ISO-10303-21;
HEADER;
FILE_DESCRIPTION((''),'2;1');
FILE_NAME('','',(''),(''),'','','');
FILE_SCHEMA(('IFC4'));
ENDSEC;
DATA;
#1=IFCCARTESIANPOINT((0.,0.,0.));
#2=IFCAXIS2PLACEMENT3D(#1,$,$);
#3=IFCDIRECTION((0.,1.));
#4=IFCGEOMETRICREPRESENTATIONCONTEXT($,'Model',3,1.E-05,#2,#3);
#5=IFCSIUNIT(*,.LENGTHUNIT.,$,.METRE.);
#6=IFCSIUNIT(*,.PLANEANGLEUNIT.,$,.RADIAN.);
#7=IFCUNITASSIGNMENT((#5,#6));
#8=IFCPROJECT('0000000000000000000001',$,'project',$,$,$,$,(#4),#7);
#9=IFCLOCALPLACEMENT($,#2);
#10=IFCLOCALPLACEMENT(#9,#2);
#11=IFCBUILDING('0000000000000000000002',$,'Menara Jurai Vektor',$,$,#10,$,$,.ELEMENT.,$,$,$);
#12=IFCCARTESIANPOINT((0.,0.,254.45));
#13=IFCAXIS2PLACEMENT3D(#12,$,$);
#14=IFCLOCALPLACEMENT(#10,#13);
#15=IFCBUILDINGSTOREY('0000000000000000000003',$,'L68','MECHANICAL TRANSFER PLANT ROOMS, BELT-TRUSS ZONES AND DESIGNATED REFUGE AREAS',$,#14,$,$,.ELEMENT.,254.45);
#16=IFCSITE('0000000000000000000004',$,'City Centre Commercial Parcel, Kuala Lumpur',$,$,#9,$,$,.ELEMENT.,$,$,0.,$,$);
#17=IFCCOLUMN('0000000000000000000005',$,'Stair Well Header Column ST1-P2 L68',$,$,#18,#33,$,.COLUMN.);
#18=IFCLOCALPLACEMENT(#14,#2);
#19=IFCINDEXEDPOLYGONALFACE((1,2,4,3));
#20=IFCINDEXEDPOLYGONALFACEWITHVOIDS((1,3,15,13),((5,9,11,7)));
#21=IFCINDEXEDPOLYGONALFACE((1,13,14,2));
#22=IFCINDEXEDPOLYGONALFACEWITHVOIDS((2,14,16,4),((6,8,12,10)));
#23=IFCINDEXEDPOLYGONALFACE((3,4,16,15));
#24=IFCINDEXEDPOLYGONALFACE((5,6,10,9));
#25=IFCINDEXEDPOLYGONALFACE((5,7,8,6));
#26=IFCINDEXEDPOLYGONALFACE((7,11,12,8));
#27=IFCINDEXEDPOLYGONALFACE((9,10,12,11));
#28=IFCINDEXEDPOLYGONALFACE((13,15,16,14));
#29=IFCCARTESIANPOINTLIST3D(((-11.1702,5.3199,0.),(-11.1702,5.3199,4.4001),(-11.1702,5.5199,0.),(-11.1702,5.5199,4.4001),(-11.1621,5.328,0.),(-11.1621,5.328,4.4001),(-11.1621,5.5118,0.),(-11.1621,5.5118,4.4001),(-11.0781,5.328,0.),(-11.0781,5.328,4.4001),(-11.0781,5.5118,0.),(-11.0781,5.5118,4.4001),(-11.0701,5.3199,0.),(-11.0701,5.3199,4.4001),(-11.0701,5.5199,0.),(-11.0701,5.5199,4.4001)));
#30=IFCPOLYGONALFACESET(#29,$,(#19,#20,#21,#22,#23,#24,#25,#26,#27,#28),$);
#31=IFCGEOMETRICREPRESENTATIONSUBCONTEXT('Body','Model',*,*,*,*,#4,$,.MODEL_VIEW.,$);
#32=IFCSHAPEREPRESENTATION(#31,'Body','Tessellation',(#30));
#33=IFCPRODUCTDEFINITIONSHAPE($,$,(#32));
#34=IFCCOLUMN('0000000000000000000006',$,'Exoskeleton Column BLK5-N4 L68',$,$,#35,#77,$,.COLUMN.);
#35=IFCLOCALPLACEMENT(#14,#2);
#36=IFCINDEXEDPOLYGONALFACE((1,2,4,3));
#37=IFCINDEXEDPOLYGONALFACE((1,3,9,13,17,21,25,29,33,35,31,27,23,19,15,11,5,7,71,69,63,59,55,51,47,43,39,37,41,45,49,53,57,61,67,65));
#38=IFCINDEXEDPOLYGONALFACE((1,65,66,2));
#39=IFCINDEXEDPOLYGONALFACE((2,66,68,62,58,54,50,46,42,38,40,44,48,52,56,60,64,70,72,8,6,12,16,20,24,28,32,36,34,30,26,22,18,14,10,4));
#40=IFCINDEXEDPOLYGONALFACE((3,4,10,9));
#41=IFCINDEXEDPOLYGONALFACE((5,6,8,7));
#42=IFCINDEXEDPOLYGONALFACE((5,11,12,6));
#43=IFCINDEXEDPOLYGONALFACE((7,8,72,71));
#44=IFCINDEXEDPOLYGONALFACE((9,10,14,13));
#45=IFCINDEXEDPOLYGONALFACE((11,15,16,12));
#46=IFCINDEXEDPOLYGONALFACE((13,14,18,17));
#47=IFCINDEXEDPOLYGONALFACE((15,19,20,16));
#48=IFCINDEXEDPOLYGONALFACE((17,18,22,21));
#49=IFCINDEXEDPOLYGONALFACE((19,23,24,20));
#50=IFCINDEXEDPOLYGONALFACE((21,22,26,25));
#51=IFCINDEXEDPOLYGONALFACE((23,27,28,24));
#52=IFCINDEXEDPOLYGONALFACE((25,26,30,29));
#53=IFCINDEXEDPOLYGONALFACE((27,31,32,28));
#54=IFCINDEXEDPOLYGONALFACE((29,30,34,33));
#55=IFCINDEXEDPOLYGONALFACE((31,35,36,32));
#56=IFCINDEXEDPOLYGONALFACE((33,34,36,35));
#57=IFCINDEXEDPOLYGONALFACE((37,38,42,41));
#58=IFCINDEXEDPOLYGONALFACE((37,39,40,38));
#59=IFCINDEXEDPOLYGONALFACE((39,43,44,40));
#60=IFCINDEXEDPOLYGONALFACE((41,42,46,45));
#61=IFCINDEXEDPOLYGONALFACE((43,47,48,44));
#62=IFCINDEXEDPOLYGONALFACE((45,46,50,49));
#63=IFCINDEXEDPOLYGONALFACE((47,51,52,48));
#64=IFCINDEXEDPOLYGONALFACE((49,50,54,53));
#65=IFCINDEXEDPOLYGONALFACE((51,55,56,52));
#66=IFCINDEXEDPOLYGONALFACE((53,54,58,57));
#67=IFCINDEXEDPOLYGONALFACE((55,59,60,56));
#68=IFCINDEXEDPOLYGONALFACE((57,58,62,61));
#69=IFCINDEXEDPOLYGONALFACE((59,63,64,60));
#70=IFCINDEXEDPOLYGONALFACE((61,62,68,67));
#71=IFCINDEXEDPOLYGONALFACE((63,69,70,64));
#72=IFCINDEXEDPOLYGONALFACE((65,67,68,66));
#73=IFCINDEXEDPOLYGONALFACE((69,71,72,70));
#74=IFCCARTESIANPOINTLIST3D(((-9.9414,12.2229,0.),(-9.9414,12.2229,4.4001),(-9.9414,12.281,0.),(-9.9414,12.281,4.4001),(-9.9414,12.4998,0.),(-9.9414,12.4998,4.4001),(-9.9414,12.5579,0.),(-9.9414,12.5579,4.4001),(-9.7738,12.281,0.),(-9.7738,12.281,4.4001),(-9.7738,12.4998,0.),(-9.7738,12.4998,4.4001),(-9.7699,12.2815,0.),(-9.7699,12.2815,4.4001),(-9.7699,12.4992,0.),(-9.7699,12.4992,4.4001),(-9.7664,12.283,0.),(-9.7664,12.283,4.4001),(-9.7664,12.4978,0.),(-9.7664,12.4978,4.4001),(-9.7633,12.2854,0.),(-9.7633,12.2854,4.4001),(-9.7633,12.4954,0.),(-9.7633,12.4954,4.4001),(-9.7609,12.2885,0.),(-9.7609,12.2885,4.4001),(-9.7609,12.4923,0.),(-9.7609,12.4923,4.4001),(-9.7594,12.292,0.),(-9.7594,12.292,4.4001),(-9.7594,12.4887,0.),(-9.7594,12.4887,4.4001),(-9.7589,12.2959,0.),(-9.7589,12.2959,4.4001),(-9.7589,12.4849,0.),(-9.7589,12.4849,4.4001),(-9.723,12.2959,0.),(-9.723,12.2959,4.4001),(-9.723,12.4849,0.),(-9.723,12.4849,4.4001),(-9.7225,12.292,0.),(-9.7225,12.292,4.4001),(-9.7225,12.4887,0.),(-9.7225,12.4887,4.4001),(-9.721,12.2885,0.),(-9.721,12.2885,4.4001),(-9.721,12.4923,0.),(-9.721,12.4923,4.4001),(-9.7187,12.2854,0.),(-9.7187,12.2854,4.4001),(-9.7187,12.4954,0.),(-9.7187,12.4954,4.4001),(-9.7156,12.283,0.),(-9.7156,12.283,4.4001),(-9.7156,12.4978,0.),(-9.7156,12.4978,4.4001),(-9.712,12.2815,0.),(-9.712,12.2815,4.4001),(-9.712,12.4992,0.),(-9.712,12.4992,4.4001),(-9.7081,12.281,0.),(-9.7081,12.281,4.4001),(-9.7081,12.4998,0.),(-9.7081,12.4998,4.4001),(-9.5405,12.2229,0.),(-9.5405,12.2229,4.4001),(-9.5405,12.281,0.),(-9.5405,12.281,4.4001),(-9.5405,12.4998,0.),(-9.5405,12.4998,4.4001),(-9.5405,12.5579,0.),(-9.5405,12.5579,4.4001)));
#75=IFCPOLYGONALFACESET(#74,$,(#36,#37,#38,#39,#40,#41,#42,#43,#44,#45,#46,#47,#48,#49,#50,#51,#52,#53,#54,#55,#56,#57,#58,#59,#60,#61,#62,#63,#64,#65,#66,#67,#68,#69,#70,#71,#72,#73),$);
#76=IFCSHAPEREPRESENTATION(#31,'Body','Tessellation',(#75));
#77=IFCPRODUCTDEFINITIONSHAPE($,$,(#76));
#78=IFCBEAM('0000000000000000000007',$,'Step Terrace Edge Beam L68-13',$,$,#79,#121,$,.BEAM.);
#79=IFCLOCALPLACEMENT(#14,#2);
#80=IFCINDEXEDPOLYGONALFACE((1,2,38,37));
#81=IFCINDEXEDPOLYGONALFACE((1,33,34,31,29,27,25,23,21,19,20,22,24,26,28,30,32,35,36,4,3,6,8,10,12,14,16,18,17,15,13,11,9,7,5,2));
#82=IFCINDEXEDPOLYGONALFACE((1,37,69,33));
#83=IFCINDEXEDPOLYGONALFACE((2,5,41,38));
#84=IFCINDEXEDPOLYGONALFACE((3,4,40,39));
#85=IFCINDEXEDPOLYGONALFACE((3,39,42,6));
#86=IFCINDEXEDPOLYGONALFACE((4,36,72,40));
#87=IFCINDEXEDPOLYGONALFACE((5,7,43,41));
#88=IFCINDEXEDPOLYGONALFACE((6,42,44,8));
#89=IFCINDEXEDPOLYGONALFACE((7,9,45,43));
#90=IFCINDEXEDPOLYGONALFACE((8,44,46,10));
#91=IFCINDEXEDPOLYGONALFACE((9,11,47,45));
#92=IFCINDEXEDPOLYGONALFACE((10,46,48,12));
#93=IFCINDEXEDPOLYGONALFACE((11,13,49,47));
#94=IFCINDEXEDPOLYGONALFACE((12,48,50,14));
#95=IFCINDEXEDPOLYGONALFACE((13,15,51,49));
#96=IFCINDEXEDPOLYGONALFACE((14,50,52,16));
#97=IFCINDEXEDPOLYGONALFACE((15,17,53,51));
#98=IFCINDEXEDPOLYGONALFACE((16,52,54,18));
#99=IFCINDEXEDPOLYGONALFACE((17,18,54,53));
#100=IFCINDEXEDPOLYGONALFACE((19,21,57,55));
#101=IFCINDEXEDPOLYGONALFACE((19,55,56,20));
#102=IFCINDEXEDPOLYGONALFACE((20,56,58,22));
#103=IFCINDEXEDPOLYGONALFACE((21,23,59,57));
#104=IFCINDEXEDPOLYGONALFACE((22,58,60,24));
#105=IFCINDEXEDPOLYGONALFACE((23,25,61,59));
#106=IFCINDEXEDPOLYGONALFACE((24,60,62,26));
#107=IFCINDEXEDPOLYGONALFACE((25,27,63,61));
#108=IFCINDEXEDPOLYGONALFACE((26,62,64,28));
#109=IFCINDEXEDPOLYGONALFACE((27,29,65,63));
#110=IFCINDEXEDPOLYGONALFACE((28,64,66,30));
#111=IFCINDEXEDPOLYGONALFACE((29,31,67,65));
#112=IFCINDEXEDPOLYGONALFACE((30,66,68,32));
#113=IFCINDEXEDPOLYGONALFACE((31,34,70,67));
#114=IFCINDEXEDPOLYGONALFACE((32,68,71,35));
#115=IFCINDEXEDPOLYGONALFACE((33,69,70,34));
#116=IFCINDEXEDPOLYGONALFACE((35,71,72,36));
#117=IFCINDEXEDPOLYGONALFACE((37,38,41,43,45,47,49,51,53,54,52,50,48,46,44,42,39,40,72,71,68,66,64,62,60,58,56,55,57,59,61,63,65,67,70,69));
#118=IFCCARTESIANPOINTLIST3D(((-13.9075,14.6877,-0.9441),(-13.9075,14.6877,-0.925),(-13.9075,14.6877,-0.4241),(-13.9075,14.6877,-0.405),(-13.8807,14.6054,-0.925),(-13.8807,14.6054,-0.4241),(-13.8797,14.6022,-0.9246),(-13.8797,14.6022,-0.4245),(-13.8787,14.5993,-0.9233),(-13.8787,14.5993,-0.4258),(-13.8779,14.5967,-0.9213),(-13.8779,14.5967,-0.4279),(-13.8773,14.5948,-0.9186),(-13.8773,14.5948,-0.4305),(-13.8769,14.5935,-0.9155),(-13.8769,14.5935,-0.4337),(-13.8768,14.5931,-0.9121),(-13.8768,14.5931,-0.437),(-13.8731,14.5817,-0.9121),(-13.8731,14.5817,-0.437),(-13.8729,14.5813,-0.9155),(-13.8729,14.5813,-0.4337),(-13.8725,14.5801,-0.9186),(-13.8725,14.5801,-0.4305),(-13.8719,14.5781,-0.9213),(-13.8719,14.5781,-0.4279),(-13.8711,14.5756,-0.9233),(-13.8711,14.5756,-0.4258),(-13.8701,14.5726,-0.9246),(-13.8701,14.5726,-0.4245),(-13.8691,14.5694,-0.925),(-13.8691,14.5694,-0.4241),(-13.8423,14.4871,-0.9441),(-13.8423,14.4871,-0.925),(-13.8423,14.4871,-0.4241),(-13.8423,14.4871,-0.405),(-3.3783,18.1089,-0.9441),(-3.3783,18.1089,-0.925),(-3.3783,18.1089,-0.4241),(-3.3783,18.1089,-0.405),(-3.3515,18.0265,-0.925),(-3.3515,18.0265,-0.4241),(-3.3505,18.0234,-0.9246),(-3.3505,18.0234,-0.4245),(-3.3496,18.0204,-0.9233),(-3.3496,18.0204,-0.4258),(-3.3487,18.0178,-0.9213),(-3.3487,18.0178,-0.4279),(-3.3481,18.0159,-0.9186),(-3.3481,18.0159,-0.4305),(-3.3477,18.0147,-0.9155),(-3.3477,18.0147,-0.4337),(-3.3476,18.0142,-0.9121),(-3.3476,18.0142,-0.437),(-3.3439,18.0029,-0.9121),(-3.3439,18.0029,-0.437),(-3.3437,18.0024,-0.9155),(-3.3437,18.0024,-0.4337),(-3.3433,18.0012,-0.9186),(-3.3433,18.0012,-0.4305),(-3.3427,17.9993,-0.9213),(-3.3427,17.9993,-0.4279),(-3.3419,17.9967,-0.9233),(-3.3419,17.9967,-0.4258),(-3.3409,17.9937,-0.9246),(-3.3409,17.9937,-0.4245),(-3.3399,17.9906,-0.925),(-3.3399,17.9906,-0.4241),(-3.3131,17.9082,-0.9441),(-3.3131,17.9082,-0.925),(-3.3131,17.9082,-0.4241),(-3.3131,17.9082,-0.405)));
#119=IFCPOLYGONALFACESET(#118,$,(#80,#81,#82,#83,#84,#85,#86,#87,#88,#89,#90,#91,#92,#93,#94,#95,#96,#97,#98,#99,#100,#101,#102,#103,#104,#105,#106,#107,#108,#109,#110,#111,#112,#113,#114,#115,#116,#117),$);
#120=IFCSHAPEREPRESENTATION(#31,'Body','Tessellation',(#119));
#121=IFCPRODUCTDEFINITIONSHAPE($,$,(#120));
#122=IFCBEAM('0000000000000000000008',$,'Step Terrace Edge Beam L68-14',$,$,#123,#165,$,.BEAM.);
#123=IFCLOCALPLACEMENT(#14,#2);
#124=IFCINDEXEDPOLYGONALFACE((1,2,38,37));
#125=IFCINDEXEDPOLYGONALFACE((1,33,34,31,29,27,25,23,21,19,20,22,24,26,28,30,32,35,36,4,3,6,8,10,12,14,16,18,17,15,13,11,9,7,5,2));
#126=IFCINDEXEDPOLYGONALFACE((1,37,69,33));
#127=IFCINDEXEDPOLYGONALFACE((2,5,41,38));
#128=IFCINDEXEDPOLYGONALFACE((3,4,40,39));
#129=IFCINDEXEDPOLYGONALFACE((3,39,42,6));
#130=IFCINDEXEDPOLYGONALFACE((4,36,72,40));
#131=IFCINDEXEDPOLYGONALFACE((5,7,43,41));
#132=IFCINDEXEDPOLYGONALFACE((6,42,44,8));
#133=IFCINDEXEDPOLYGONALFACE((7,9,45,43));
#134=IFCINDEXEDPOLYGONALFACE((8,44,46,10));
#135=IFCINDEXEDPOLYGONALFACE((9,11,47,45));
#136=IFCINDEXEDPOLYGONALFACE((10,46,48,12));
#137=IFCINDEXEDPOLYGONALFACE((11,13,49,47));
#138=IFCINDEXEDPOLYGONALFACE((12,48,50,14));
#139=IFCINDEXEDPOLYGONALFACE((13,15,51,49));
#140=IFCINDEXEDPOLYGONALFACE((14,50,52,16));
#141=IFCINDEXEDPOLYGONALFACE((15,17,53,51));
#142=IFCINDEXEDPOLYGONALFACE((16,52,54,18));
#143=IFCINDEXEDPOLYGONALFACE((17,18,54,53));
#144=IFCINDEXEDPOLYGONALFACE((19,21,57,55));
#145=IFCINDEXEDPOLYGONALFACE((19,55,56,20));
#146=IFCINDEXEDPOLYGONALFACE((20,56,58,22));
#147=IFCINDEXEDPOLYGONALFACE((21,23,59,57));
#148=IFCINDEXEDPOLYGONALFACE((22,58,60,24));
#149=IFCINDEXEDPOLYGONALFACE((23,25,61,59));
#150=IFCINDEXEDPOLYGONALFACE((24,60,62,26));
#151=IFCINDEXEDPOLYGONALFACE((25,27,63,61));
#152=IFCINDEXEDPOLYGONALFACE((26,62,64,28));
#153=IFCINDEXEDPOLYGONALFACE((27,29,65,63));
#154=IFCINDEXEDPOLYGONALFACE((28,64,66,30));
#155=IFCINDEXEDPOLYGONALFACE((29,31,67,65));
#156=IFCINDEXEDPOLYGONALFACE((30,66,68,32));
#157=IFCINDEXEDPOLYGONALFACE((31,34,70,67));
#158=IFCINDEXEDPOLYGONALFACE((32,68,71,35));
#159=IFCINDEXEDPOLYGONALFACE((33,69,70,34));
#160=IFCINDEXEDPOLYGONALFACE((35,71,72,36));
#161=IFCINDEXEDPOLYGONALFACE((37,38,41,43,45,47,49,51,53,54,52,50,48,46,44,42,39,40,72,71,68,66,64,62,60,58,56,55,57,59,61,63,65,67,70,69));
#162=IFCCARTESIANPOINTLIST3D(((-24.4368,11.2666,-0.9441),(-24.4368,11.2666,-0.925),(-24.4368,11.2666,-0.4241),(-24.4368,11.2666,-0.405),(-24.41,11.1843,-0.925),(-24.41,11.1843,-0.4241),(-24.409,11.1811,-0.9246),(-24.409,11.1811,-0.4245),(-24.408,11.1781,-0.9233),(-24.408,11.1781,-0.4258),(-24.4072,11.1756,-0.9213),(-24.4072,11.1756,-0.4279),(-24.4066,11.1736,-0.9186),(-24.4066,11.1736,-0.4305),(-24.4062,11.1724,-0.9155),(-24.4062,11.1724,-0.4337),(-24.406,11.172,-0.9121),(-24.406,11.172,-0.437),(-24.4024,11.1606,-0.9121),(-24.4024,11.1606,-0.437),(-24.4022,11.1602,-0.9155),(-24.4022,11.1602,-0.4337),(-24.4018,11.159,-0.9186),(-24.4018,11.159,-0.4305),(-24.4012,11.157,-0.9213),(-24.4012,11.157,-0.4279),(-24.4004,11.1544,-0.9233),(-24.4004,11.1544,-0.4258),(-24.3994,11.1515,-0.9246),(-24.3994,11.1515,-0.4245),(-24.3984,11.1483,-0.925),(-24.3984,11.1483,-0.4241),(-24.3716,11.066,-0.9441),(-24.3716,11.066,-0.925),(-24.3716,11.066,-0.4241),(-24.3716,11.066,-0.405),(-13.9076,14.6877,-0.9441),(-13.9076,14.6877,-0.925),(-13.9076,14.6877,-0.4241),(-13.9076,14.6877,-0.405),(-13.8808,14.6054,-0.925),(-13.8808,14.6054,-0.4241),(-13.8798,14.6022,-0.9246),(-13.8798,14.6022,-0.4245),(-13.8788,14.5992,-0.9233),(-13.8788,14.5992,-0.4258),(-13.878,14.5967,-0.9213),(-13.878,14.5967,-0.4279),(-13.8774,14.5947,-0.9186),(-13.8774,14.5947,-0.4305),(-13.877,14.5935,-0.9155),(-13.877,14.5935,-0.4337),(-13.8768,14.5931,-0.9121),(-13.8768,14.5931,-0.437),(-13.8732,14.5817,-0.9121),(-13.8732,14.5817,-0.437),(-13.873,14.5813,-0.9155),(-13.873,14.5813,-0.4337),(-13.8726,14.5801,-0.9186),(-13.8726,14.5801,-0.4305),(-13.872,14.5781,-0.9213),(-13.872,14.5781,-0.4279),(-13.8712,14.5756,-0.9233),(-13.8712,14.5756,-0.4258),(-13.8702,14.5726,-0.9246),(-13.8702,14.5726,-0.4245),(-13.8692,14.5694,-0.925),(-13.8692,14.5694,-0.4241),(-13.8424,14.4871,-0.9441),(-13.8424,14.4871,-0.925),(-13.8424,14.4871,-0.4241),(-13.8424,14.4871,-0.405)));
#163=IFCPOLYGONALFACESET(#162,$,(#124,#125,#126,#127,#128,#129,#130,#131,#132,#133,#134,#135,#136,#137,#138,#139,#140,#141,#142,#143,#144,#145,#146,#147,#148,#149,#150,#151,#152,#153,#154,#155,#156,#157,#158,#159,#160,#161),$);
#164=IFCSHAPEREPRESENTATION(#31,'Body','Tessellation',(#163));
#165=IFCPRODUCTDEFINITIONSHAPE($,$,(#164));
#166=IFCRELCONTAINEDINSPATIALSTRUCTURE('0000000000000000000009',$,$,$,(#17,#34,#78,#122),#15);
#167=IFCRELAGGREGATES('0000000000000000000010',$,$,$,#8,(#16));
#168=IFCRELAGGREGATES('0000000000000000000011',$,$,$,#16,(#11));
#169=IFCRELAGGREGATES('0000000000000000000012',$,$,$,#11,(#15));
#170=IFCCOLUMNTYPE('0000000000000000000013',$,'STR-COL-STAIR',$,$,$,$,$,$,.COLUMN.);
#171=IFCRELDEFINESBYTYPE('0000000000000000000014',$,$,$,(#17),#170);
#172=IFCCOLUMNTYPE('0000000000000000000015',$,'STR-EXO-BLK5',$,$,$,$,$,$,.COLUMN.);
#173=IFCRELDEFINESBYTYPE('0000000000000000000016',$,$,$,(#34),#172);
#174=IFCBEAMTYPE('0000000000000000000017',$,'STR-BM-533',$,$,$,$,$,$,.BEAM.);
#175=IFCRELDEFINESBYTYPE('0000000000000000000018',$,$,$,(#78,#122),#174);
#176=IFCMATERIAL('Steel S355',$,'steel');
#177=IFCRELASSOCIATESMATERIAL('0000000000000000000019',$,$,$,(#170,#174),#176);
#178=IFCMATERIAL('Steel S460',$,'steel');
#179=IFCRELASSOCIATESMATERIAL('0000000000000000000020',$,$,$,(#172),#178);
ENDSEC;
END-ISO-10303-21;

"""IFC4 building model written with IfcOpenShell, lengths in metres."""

from ifc_helpers import new_model, si_unit, direction, frame, origin, origin_2d, place, context, subcontext, project, spatial, hollow_rectangle, i_section, extrude, material, material_profile, profile_set, type_object, element, save


model = new_model("IFC4")

# Units and contexts
model_context = context("Model", 3, precision=1e-05, world=origin(), true_north=direction((0.0, 1.0)))
body_context = subcontext(model_context, "Body", "Model", "MODEL_VIEW")
ifc_project = project(units=[si_unit("LENGTHUNIT", "METRE"), si_unit("PLANEANGLEUNIT", "RADIAN")], contexts=[model_context])

# Site, building, storey
site_placement = place(None, origin())
site = spatial("IfcSite", under=ifc_project, at=site_placement, Name="City Centre Commercial Parcel, Kuala Lumpur", CompositionType="ELEMENT", RefElevation=0.0)
building_placement = place(site_placement, origin())
building = spatial("IfcBuilding", under=site, at=building_placement, Name="Menara Jurai Vektor", CompositionType="ELEMENT")
storey_placement = place(building_placement, frame((0.0, 0.0, 254.45)))
storey = spatial("IfcBuildingStorey", under=building, at=storey_placement, Name="L68", Description="MECHANICAL TRANSFER PLANT ROOMS, BELT-TRUSS ZONES AND DESIGNATED REFUGE AREAS", CompositionType="ELEMENT", Elevation=254.45)

# Columns
ifc_material_1 = material(Name="Steel S355", Category="steel")
ifc_material_profile_1 = material_profile(ifc_material_1, hollow_rectangle(XDim=0.1001, YDim=0.2, WallThickness=0.0081, at=origin_2d()), Name="RHS 200x100x8")
ifc_profile_set_1 = profile_set([ifc_material_profile_1], Name="Steel S355")
column_type_1 = type_object("IfcColumnType", Name="STR-COL-STAIR", PredefinedType="COLUMN", material=ifc_profile_set_1)
column_1_placement = place(storey_placement, frame((-11.1201, 5.4199, 0.0), z_axis=(0.0, 0.0, 1.0), x_axis=(1.0, 0.0, 0.0)))
element("IfcColumn", 1, at=column_1_placement, inside=storey, type_object=column_type_1, Name="Stair Well Header Column ST1-P2 L68", PredefinedType="COLUMN", context=body_context, shape_type="SweptSolid", body=[
    extrude(hollow_rectangle(XDim=0.1001, YDim=0.2, WallThickness=0.0081, at=origin_2d()), origin(), (0.0, 0.0, 1.0), 4.4001),
])
ifc_material_2 = material(Name="Steel S460", Category="steel")
ifc_material_profile_2 = material_profile(ifc_material_2, i_section(OverallWidth=0.4009, OverallDepth=0.335, WebThickness=0.0359, FlangeThickness=0.0581, FilletRadius=0.0149, at=origin_2d()), Name="HD 400x463")
ifc_profile_set_2 = profile_set([ifc_material_profile_2], Name="Steel S460")
column_type_2 = type_object("IfcColumnType", Name="STR-EXO-BLK5", PredefinedType="COLUMN", material=ifc_profile_set_2)
column_2_placement = place(storey_placement, frame((-9.741, 12.3904, 0.0), z_axis=(0.0, 0.0, 1.0), x_axis=(1.0, 0.0, 0.0)))
element("IfcColumn", 2, at=column_2_placement, inside=storey, type_object=column_type_2, Name="Exoskeleton Column BLK5-N4 L68", PredefinedType="COLUMN", context=body_context, shape_type="SweptSolid", body=[
    extrude(i_section(OverallWidth=0.4009, OverallDepth=0.335, WebThickness=0.0359, FlangeThickness=0.0581, FilletRadius=0.0149, at=origin_2d()), origin(), (0.0, 0.0, 1.0), 4.4001),
])

# Beams
ifc_material_profile_3 = material_profile(ifc_material_1, i_section(OverallWidth=0.2109, OverallDepth=0.5391, WebThickness=0.012, FlangeThickness=0.019, FilletRadius=0.0129, at=origin_2d()), Name="UKB 533x210x109")
ifc_profile_set_3 = profile_set([ifc_material_profile_3], Name="Steel S355")
beam_type_1 = type_object("IfcBeamType", Name="STR-BM-533", PredefinedType="BEAM", material=ifc_profile_set_3)
for number, where, z_axis, x_axis, name in (
    (3, (-3.3457, 18.0085, -0.6746), (-0.951057, -0.309014, 0.0), (0.309014, -0.951057, 0.0), "Step Terrace Edge Beam L68-13"),
    (4, (-13.875, 14.5874, -0.6746), (-0.951057, -0.309014, 0.0), (0.309014, -0.951057, 0.0), "Step Terrace Edge Beam L68-14"),
):
    element("IfcBeam", number, at=place(storey_placement, frame(where, z_axis=z_axis, x_axis=x_axis)), inside=storey, type_object=beam_type_1, Name=name, PredefinedType="BEAM", context=body_context, shape_type="SweptSolid", body=[
        extrude(i_section(OverallWidth=0.2109, OverallDepth=0.5391, WebThickness=0.012, FlangeThickness=0.019, FilletRadius=0.0129, at=origin_2d()), origin(), (0.0, 0.0, 1.0), 11.071),
    ])

save(model, "model.ifc")
